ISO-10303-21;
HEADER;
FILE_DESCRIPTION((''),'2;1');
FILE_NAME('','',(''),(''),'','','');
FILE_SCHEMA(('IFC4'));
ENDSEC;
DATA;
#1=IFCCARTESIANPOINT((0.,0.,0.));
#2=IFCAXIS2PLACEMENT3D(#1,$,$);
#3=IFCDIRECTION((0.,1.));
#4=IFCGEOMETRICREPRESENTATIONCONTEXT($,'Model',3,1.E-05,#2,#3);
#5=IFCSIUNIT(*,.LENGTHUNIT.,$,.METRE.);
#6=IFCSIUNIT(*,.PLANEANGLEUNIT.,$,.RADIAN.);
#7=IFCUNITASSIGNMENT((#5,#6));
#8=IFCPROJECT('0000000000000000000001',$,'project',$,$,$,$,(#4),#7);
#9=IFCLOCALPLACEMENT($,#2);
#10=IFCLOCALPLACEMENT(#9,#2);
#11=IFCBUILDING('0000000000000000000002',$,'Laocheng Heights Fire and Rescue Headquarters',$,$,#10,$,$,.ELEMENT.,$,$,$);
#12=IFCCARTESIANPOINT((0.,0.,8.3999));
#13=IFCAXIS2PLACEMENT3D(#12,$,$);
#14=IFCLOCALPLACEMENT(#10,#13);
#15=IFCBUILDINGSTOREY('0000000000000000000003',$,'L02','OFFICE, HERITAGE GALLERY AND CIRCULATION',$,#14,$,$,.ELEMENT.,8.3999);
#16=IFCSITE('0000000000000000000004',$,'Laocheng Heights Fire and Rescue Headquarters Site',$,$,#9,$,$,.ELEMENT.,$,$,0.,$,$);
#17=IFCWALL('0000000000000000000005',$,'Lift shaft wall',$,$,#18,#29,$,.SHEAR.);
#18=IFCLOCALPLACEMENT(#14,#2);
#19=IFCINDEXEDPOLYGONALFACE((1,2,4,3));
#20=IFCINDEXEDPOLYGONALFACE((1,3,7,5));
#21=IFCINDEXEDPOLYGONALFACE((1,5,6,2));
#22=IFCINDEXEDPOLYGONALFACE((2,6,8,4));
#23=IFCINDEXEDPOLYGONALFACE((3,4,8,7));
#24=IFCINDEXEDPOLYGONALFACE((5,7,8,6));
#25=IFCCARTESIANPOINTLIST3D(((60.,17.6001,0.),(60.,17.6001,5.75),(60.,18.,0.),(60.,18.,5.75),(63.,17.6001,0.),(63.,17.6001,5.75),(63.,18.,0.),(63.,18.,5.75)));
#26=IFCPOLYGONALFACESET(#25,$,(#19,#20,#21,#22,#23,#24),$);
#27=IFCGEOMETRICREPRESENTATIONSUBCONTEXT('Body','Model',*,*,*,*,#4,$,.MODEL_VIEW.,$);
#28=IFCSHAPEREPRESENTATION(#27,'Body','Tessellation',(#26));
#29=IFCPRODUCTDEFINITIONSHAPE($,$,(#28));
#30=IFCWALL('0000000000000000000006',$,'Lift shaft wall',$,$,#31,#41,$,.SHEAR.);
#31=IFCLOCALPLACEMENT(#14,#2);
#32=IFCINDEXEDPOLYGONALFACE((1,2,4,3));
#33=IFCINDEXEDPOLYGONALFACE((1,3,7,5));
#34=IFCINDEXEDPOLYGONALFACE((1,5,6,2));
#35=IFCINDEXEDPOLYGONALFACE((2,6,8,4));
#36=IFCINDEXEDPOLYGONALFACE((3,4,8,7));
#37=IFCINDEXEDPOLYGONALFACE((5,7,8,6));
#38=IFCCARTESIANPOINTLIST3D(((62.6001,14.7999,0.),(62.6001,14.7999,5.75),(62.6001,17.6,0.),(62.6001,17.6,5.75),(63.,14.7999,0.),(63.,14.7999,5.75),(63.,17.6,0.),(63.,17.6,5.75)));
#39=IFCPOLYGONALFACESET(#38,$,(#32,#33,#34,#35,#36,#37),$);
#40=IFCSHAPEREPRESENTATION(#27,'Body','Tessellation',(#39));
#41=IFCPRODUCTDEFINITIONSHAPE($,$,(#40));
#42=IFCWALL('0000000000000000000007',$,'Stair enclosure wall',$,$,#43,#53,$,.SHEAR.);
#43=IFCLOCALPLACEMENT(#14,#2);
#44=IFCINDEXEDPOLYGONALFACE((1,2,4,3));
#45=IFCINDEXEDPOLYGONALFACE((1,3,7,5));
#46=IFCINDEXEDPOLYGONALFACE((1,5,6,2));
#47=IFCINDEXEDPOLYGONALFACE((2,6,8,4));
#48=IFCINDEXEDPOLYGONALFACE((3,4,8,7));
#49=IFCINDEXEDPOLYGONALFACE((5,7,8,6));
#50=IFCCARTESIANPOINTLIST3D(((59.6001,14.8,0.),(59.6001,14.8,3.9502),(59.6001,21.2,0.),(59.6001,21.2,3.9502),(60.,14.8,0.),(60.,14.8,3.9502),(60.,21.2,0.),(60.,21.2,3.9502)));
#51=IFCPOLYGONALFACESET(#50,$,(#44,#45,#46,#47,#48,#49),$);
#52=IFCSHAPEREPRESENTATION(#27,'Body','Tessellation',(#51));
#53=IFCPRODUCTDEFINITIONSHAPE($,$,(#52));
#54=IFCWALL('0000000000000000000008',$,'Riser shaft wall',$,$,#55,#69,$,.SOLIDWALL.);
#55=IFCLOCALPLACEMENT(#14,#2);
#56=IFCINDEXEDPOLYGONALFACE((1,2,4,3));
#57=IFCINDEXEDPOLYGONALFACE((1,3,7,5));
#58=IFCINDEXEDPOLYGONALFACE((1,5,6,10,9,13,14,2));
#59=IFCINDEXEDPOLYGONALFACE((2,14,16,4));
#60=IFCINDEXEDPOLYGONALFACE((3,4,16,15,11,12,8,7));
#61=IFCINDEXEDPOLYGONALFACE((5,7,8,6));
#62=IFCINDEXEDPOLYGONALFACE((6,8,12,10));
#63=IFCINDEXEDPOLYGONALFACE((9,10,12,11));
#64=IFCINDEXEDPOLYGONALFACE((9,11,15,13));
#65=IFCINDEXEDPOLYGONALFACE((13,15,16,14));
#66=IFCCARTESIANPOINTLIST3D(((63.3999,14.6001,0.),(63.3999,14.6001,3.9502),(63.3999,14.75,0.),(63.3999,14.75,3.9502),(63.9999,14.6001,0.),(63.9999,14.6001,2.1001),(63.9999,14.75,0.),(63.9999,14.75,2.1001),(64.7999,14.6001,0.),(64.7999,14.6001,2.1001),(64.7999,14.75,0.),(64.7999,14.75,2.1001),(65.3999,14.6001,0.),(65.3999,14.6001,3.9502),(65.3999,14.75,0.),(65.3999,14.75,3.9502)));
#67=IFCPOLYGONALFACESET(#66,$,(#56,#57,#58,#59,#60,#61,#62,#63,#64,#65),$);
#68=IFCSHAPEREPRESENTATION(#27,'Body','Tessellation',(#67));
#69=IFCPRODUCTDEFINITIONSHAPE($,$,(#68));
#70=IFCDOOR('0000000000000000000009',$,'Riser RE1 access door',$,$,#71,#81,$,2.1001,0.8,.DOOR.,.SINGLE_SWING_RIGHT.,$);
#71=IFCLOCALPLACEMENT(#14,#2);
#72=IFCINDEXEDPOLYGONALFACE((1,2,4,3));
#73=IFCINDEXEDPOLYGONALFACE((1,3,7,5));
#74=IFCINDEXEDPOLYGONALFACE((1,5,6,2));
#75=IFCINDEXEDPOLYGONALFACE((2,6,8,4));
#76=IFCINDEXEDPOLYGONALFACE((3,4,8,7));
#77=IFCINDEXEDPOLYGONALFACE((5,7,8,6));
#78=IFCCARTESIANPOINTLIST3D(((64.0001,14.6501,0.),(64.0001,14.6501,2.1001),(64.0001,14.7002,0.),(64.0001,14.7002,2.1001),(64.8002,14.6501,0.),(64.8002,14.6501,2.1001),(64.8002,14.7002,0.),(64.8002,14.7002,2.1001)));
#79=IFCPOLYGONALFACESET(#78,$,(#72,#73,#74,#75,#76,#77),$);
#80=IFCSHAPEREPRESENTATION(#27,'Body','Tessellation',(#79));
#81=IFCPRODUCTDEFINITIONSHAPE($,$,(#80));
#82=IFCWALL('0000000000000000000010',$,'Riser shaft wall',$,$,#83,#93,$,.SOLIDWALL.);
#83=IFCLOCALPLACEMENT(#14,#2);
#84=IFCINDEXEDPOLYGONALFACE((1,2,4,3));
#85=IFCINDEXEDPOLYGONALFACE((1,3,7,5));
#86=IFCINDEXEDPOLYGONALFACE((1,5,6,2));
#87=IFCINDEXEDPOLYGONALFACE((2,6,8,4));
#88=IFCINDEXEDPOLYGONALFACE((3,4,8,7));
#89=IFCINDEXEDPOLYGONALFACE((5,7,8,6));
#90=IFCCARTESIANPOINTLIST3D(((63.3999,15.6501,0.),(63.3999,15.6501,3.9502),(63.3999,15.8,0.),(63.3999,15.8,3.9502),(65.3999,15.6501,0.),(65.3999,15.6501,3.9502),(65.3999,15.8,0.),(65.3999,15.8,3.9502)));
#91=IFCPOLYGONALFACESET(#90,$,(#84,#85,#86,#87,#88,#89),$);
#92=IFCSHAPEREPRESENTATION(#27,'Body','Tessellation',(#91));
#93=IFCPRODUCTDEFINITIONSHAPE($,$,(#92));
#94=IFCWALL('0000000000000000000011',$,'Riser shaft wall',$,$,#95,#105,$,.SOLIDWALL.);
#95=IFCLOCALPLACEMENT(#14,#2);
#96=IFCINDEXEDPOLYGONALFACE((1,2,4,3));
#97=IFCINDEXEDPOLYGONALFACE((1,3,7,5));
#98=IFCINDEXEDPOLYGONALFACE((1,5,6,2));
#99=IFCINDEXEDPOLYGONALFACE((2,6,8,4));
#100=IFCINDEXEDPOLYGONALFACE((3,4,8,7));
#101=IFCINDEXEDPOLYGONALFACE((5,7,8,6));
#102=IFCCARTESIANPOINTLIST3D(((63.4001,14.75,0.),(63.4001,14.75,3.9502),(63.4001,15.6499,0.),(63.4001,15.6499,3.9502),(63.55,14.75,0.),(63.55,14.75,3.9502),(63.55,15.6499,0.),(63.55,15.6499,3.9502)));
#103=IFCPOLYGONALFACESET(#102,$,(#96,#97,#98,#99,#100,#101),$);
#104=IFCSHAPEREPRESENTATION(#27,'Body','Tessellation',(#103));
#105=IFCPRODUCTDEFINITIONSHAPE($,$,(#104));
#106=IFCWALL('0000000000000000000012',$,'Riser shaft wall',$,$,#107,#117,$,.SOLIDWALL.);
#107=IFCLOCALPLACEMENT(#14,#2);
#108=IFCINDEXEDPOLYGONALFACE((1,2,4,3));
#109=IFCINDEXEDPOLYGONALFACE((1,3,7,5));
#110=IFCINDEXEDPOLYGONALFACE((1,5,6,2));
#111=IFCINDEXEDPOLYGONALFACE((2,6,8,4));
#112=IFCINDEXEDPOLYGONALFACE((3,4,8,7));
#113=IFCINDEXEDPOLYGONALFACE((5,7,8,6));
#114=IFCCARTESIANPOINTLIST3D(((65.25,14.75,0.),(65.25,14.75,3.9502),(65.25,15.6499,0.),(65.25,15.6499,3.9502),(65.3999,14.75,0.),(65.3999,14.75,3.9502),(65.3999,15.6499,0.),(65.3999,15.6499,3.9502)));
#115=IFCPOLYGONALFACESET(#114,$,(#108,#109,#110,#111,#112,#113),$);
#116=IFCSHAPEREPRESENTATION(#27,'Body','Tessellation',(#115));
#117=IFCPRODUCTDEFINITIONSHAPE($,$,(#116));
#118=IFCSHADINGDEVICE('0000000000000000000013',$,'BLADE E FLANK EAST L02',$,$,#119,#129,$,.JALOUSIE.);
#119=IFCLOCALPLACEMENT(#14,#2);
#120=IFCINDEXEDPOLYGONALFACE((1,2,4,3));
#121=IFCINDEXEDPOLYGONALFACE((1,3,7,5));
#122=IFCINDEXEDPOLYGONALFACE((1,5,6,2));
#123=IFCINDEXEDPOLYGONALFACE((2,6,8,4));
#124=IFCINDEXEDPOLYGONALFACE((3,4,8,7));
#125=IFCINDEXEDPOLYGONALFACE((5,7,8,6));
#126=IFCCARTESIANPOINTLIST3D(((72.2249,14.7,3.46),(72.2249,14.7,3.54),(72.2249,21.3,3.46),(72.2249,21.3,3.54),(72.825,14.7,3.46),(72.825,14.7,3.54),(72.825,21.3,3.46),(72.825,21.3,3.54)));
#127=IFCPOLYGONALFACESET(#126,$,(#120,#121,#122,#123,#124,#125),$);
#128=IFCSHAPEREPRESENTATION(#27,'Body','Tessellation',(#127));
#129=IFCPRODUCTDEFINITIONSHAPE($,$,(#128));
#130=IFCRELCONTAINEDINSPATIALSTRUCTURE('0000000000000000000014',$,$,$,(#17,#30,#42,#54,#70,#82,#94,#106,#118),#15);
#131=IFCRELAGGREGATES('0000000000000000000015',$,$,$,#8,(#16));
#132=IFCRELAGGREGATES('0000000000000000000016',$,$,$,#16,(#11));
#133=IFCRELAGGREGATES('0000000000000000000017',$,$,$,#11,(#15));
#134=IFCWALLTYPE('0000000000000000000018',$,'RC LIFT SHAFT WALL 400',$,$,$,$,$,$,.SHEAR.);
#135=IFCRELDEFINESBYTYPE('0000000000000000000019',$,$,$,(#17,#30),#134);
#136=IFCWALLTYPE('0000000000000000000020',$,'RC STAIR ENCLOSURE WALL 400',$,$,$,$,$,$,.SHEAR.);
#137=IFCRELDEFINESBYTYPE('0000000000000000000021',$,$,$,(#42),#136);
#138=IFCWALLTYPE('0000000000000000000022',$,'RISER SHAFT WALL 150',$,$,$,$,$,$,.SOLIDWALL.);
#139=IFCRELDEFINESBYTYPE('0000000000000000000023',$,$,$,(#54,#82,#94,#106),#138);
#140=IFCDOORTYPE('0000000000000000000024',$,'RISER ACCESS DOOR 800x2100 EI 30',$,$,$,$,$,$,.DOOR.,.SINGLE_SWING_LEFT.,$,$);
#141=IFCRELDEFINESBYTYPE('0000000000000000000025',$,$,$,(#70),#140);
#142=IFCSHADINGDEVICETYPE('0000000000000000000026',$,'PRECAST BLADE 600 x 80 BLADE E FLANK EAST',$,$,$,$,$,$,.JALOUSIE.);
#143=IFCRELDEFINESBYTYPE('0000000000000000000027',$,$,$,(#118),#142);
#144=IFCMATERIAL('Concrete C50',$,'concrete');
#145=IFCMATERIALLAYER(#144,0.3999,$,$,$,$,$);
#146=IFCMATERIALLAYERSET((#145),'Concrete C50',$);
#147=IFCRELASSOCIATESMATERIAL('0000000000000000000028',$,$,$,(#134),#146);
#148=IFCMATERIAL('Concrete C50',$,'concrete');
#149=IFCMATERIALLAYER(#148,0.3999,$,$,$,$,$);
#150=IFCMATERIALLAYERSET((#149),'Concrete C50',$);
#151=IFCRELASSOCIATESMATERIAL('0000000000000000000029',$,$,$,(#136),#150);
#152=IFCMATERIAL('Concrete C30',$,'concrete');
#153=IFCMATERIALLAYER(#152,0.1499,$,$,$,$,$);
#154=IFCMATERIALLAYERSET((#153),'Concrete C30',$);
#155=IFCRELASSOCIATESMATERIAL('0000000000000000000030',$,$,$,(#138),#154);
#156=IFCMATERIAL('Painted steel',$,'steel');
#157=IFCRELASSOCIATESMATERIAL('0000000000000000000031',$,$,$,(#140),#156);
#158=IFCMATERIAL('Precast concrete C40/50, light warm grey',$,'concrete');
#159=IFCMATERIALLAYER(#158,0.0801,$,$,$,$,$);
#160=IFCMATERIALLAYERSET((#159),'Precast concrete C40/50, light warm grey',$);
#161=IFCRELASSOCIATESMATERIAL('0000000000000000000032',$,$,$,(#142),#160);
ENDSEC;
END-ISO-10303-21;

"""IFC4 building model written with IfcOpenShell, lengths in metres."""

from ifc_helpers import new_model, si_unit, direction, frame, frame_2d, origin, origin_2d, place, context, subcontext, project, spatial, rectangle, extrude, material, layer, layer_set, type_object, element, fill, save


model = new_model("IFC4")

# Units and contexts
model_context = context("Model", 3, precision=1e-05, world=origin(), true_north=direction((0.0, 1.0)))
body_context = subcontext(model_context, "Body", "Model", "MODEL_VIEW")
ifc_project = project(units=[si_unit("LENGTHUNIT", "METRE"), si_unit("PLANEANGLEUNIT", "RADIAN")], contexts=[model_context])

# Site, building, storey
site_placement = place(None, origin())
site = spatial("IfcSite", under=ifc_project, at=site_placement, Name="Laocheng Heights Fire and Rescue Headquarters Site", CompositionType="ELEMENT", RefElevation=0.0)
building_placement = place(site_placement, origin())
building = spatial("IfcBuilding", under=site, at=building_placement, Name="Laocheng Heights Fire and Rescue Headquarters", CompositionType="ELEMENT")
storey_placement = place(building_placement, frame((0.0, 0.0, 8.3999)))
storey = spatial("IfcBuildingStorey", under=building, at=storey_placement, Name="L02", Description="OFFICE, HERITAGE GALLERY AND CIRCULATION", CompositionType="ELEMENT", Elevation=8.3999)

# Shared definitions
ifc_material_1 = material(Name="Concrete C50", Category="concrete")
ifc_layer_1 = layer(ifc_material_1, 0.3999)
ifc_layer_set_1 = layer_set([ifc_layer_1], Name="Concrete C50")
wall_type_1 = type_object("IfcWallType", Name="RC LIFT SHAFT WALL 400", PredefinedType="SHEAR", material=ifc_layer_set_1)

# Walls
wall_1_placement = place(storey_placement, frame((60.0, 17.8, 0.0), z_axis=(0.0, 0.0, 1.0), x_axis=(1.0, 0.0, 0.0)))
element("IfcWall", 1, at=wall_1_placement, inside=storey, type_object=wall_type_1, Name="Lift shaft wall", PredefinedType="SHEAR", context=body_context, shape_type="SweptSolid", body=[
    extrude(rectangle(XDim=3.0, YDim=0.3999, at=frame_2d((1.5, 0.0))), origin(), (0.0, 0.0, 1.0), 5.75),
])
wall_2_placement = place(storey_placement, frame((62.8, 14.8, 0.0), z_axis=(0.0, 0.0, 1.0), x_axis=(0.0, 1.0, 0.0)))
element("IfcWall", 2, at=wall_2_placement, inside=storey, type_object=wall_type_1, Name="Lift shaft wall", PredefinedType="SHEAR", context=body_context, shape_type="SweptSolid", body=[
    extrude(rectangle(XDim=2.8, YDim=0.3999, at=frame_2d((1.3999, 0.0))), origin(), (0.0, 0.0, 1.0), 5.75),
])
ifc_material_2 = material(Name="Concrete C50", Category="concrete")
ifc_layer_2 = layer(ifc_material_2, 0.3999)
ifc_layer_set_2 = layer_set([ifc_layer_2], Name="Concrete C50")
wall_type_2 = type_object("IfcWallType", Name="RC STAIR ENCLOSURE WALL 400", PredefinedType="SHEAR", material=ifc_layer_set_2)
wall_3_placement = place(storey_placement, frame((59.8, 14.8, 0.0), z_axis=(0.0, 0.0, 1.0), x_axis=(0.0, 1.0, 0.0)))
element("IfcWall", 3, at=wall_3_placement, inside=storey, type_object=wall_type_2, Name="Stair enclosure wall", PredefinedType="SHEAR", context=body_context, shape_type="SweptSolid", body=[
    extrude(rectangle(XDim=6.3999, YDim=0.3999, at=frame_2d((3.2, 0.0))), origin(), (0.0, 0.0, 1.0), 3.9502),
])

# Wall, opening, door
ifc_material_3 = material(Name="Concrete C30", Category="concrete")
ifc_layer_3 = layer(ifc_material_3, 0.1499)
ifc_layer_set_3 = layer_set([ifc_layer_3], Name="Concrete C30")
wall_type_3 = type_object("IfcWallType", Name="RISER SHAFT WALL 150", PredefinedType="SOLIDWALL", material=ifc_layer_set_3)
wall_4_placement = place(storey_placement, frame((63.3999, 14.675, 0.0), z_axis=(0.0, 0.0, 1.0), x_axis=(1.0, 0.0, 0.0)))
wall_4 = element("IfcWall", 4, at=wall_4_placement, inside=storey, type_object=wall_type_3, Name="Riser shaft wall", PredefinedType="SOLIDWALL", context=body_context, shape_type="SweptSolid", body=[
    extrude(rectangle(XDim=2.0, YDim=0.1499, at=frame_2d((1.0, 0.0))), origin(), (0.0, 0.0, 1.0), 3.9502),
])
opening_1_placement = place(wall_4_placement, frame((0.6001, 0.0, 0.0)))
opening_1 = element("IfcOpeningElement", 5, at=opening_1_placement, cuts=wall_4, PredefinedType="OPENING", context=body_context, shape_type="SweptSolid", body=[
    extrude(rectangle(XDim=0.8, YDim=2.1001, at=frame_2d((0.3999, 1.05))), frame((0.0, 0.085, 0.0), z_axis=(0.0, -1.0, 0.0), x_axis=(1.0, 0.0, 0.0)), (0.0, 0.0, 1.0), 0.1699),
])
ifc_material_4 = material(Name="Painted steel", Category="steel")
door_type_1 = type_object("IfcDoorType", Name="RISER ACCESS DOOR 800x2100 EI 30", OperationType="SINGLE_SWING_LEFT", PredefinedType="DOOR", material=ifc_material_4)
door_1_placement = place(opening_1_placement, frame((0.8, 0.0, 0.0), z_axis=(0.0, 0.0, 1.0), x_axis=(-1.0, 0.0, 0.0)))
door_1 = element("IfcDoor", 6, at=door_1_placement, inside=storey, type_object=door_type_1, Name="Riser RE1 access door", OperationType="SINGLE_SWING_RIGHT", OverallHeight=2.1001, OverallWidth=0.8, PredefinedType="DOOR", context=body_context, shape_type="SweptSolid", body=[
    extrude(rectangle(XDim=0.8, YDim=2.1001, at=frame_2d((0.3999, 1.05))), frame((0.0, 0.0249, 0.0), z_axis=(0.0, -1.0, 0.0), x_axis=(1.0, 0.0, 0.0)), (0.0, 0.0, 1.0), 0.05),
])
fill(opening_1, door_1)

# Walls
wall_5_placement = place(storey_placement, frame((63.3999, 15.7251, 0.0), z_axis=(0.0, 0.0, 1.0), x_axis=(1.0, 0.0, 0.0)))
element("IfcWall", 7, at=wall_5_placement, inside=storey, type_object=wall_type_3, Name="Riser shaft wall", PredefinedType="SOLIDWALL", context=body_context, shape_type="SweptSolid", body=[
    extrude(rectangle(XDim=2.0, YDim=0.1499, at=frame_2d((1.0, 0.0))), origin(), (0.0, 0.0, 1.0), 3.9502),
])
for number, where, z_axis, x_axis, name in (
    (8, (63.4751, 14.75, 0.0), (0.0, 0.0, 1.0), (0.0, 1.0, 0.0), "Riser shaft wall"),
    (9, (65.325, 14.75, 0.0), (0.0, 0.0, 1.0), (0.0, 1.0, 0.0), "Riser shaft wall"),
):
    element("IfcWall", number, at=place(storey_placement, frame(where, z_axis=z_axis, x_axis=x_axis)), inside=storey, type_object=wall_type_3, Name=name, PredefinedType="SOLIDWALL", context=body_context, shape_type="SweptSolid", body=[
        extrude(rectangle(XDim=0.8999, YDim=0.1499, at=frame_2d((0.45, 0.0))), origin(), (0.0, 0.0, 1.0), 3.9502),
    ])

# Shading device
ifc_material_5 = material(Name="Precast concrete C40/50, light warm grey", Category="concrete")
ifc_layer_4 = layer(ifc_material_5, 0.0801)
ifc_layer_set_4 = layer_set([ifc_layer_4], Name="Precast concrete C40/50, light warm grey")
shading_device_type = type_object("IfcShadingDeviceType", Name="PRECAST BLADE 600 x 80 BLADE E FLANK EAST", PredefinedType="JALOUSIE", material=ifc_layer_set_4)
shading_device_placement = place(storey_placement, frame((72.5249, 18.0, 3.46), z_axis=(0.0, 0.0, 1.0), x_axis=(1.0, 0.0, 0.0)))
element("IfcShadingDevice", 10, at=shading_device_placement, inside=storey, type_object=shading_device_type, Name="BLADE E FLANK EAST L02", PredefinedType="JALOUSIE", context=body_context, shape_type="SweptSolid", body=[
    extrude(rectangle(XDim=0.6001, YDim=6.6001, at=origin_2d()), origin(), (0.0, 0.0, 1.0), 0.0801),
])

save(model, "model.ifc")
